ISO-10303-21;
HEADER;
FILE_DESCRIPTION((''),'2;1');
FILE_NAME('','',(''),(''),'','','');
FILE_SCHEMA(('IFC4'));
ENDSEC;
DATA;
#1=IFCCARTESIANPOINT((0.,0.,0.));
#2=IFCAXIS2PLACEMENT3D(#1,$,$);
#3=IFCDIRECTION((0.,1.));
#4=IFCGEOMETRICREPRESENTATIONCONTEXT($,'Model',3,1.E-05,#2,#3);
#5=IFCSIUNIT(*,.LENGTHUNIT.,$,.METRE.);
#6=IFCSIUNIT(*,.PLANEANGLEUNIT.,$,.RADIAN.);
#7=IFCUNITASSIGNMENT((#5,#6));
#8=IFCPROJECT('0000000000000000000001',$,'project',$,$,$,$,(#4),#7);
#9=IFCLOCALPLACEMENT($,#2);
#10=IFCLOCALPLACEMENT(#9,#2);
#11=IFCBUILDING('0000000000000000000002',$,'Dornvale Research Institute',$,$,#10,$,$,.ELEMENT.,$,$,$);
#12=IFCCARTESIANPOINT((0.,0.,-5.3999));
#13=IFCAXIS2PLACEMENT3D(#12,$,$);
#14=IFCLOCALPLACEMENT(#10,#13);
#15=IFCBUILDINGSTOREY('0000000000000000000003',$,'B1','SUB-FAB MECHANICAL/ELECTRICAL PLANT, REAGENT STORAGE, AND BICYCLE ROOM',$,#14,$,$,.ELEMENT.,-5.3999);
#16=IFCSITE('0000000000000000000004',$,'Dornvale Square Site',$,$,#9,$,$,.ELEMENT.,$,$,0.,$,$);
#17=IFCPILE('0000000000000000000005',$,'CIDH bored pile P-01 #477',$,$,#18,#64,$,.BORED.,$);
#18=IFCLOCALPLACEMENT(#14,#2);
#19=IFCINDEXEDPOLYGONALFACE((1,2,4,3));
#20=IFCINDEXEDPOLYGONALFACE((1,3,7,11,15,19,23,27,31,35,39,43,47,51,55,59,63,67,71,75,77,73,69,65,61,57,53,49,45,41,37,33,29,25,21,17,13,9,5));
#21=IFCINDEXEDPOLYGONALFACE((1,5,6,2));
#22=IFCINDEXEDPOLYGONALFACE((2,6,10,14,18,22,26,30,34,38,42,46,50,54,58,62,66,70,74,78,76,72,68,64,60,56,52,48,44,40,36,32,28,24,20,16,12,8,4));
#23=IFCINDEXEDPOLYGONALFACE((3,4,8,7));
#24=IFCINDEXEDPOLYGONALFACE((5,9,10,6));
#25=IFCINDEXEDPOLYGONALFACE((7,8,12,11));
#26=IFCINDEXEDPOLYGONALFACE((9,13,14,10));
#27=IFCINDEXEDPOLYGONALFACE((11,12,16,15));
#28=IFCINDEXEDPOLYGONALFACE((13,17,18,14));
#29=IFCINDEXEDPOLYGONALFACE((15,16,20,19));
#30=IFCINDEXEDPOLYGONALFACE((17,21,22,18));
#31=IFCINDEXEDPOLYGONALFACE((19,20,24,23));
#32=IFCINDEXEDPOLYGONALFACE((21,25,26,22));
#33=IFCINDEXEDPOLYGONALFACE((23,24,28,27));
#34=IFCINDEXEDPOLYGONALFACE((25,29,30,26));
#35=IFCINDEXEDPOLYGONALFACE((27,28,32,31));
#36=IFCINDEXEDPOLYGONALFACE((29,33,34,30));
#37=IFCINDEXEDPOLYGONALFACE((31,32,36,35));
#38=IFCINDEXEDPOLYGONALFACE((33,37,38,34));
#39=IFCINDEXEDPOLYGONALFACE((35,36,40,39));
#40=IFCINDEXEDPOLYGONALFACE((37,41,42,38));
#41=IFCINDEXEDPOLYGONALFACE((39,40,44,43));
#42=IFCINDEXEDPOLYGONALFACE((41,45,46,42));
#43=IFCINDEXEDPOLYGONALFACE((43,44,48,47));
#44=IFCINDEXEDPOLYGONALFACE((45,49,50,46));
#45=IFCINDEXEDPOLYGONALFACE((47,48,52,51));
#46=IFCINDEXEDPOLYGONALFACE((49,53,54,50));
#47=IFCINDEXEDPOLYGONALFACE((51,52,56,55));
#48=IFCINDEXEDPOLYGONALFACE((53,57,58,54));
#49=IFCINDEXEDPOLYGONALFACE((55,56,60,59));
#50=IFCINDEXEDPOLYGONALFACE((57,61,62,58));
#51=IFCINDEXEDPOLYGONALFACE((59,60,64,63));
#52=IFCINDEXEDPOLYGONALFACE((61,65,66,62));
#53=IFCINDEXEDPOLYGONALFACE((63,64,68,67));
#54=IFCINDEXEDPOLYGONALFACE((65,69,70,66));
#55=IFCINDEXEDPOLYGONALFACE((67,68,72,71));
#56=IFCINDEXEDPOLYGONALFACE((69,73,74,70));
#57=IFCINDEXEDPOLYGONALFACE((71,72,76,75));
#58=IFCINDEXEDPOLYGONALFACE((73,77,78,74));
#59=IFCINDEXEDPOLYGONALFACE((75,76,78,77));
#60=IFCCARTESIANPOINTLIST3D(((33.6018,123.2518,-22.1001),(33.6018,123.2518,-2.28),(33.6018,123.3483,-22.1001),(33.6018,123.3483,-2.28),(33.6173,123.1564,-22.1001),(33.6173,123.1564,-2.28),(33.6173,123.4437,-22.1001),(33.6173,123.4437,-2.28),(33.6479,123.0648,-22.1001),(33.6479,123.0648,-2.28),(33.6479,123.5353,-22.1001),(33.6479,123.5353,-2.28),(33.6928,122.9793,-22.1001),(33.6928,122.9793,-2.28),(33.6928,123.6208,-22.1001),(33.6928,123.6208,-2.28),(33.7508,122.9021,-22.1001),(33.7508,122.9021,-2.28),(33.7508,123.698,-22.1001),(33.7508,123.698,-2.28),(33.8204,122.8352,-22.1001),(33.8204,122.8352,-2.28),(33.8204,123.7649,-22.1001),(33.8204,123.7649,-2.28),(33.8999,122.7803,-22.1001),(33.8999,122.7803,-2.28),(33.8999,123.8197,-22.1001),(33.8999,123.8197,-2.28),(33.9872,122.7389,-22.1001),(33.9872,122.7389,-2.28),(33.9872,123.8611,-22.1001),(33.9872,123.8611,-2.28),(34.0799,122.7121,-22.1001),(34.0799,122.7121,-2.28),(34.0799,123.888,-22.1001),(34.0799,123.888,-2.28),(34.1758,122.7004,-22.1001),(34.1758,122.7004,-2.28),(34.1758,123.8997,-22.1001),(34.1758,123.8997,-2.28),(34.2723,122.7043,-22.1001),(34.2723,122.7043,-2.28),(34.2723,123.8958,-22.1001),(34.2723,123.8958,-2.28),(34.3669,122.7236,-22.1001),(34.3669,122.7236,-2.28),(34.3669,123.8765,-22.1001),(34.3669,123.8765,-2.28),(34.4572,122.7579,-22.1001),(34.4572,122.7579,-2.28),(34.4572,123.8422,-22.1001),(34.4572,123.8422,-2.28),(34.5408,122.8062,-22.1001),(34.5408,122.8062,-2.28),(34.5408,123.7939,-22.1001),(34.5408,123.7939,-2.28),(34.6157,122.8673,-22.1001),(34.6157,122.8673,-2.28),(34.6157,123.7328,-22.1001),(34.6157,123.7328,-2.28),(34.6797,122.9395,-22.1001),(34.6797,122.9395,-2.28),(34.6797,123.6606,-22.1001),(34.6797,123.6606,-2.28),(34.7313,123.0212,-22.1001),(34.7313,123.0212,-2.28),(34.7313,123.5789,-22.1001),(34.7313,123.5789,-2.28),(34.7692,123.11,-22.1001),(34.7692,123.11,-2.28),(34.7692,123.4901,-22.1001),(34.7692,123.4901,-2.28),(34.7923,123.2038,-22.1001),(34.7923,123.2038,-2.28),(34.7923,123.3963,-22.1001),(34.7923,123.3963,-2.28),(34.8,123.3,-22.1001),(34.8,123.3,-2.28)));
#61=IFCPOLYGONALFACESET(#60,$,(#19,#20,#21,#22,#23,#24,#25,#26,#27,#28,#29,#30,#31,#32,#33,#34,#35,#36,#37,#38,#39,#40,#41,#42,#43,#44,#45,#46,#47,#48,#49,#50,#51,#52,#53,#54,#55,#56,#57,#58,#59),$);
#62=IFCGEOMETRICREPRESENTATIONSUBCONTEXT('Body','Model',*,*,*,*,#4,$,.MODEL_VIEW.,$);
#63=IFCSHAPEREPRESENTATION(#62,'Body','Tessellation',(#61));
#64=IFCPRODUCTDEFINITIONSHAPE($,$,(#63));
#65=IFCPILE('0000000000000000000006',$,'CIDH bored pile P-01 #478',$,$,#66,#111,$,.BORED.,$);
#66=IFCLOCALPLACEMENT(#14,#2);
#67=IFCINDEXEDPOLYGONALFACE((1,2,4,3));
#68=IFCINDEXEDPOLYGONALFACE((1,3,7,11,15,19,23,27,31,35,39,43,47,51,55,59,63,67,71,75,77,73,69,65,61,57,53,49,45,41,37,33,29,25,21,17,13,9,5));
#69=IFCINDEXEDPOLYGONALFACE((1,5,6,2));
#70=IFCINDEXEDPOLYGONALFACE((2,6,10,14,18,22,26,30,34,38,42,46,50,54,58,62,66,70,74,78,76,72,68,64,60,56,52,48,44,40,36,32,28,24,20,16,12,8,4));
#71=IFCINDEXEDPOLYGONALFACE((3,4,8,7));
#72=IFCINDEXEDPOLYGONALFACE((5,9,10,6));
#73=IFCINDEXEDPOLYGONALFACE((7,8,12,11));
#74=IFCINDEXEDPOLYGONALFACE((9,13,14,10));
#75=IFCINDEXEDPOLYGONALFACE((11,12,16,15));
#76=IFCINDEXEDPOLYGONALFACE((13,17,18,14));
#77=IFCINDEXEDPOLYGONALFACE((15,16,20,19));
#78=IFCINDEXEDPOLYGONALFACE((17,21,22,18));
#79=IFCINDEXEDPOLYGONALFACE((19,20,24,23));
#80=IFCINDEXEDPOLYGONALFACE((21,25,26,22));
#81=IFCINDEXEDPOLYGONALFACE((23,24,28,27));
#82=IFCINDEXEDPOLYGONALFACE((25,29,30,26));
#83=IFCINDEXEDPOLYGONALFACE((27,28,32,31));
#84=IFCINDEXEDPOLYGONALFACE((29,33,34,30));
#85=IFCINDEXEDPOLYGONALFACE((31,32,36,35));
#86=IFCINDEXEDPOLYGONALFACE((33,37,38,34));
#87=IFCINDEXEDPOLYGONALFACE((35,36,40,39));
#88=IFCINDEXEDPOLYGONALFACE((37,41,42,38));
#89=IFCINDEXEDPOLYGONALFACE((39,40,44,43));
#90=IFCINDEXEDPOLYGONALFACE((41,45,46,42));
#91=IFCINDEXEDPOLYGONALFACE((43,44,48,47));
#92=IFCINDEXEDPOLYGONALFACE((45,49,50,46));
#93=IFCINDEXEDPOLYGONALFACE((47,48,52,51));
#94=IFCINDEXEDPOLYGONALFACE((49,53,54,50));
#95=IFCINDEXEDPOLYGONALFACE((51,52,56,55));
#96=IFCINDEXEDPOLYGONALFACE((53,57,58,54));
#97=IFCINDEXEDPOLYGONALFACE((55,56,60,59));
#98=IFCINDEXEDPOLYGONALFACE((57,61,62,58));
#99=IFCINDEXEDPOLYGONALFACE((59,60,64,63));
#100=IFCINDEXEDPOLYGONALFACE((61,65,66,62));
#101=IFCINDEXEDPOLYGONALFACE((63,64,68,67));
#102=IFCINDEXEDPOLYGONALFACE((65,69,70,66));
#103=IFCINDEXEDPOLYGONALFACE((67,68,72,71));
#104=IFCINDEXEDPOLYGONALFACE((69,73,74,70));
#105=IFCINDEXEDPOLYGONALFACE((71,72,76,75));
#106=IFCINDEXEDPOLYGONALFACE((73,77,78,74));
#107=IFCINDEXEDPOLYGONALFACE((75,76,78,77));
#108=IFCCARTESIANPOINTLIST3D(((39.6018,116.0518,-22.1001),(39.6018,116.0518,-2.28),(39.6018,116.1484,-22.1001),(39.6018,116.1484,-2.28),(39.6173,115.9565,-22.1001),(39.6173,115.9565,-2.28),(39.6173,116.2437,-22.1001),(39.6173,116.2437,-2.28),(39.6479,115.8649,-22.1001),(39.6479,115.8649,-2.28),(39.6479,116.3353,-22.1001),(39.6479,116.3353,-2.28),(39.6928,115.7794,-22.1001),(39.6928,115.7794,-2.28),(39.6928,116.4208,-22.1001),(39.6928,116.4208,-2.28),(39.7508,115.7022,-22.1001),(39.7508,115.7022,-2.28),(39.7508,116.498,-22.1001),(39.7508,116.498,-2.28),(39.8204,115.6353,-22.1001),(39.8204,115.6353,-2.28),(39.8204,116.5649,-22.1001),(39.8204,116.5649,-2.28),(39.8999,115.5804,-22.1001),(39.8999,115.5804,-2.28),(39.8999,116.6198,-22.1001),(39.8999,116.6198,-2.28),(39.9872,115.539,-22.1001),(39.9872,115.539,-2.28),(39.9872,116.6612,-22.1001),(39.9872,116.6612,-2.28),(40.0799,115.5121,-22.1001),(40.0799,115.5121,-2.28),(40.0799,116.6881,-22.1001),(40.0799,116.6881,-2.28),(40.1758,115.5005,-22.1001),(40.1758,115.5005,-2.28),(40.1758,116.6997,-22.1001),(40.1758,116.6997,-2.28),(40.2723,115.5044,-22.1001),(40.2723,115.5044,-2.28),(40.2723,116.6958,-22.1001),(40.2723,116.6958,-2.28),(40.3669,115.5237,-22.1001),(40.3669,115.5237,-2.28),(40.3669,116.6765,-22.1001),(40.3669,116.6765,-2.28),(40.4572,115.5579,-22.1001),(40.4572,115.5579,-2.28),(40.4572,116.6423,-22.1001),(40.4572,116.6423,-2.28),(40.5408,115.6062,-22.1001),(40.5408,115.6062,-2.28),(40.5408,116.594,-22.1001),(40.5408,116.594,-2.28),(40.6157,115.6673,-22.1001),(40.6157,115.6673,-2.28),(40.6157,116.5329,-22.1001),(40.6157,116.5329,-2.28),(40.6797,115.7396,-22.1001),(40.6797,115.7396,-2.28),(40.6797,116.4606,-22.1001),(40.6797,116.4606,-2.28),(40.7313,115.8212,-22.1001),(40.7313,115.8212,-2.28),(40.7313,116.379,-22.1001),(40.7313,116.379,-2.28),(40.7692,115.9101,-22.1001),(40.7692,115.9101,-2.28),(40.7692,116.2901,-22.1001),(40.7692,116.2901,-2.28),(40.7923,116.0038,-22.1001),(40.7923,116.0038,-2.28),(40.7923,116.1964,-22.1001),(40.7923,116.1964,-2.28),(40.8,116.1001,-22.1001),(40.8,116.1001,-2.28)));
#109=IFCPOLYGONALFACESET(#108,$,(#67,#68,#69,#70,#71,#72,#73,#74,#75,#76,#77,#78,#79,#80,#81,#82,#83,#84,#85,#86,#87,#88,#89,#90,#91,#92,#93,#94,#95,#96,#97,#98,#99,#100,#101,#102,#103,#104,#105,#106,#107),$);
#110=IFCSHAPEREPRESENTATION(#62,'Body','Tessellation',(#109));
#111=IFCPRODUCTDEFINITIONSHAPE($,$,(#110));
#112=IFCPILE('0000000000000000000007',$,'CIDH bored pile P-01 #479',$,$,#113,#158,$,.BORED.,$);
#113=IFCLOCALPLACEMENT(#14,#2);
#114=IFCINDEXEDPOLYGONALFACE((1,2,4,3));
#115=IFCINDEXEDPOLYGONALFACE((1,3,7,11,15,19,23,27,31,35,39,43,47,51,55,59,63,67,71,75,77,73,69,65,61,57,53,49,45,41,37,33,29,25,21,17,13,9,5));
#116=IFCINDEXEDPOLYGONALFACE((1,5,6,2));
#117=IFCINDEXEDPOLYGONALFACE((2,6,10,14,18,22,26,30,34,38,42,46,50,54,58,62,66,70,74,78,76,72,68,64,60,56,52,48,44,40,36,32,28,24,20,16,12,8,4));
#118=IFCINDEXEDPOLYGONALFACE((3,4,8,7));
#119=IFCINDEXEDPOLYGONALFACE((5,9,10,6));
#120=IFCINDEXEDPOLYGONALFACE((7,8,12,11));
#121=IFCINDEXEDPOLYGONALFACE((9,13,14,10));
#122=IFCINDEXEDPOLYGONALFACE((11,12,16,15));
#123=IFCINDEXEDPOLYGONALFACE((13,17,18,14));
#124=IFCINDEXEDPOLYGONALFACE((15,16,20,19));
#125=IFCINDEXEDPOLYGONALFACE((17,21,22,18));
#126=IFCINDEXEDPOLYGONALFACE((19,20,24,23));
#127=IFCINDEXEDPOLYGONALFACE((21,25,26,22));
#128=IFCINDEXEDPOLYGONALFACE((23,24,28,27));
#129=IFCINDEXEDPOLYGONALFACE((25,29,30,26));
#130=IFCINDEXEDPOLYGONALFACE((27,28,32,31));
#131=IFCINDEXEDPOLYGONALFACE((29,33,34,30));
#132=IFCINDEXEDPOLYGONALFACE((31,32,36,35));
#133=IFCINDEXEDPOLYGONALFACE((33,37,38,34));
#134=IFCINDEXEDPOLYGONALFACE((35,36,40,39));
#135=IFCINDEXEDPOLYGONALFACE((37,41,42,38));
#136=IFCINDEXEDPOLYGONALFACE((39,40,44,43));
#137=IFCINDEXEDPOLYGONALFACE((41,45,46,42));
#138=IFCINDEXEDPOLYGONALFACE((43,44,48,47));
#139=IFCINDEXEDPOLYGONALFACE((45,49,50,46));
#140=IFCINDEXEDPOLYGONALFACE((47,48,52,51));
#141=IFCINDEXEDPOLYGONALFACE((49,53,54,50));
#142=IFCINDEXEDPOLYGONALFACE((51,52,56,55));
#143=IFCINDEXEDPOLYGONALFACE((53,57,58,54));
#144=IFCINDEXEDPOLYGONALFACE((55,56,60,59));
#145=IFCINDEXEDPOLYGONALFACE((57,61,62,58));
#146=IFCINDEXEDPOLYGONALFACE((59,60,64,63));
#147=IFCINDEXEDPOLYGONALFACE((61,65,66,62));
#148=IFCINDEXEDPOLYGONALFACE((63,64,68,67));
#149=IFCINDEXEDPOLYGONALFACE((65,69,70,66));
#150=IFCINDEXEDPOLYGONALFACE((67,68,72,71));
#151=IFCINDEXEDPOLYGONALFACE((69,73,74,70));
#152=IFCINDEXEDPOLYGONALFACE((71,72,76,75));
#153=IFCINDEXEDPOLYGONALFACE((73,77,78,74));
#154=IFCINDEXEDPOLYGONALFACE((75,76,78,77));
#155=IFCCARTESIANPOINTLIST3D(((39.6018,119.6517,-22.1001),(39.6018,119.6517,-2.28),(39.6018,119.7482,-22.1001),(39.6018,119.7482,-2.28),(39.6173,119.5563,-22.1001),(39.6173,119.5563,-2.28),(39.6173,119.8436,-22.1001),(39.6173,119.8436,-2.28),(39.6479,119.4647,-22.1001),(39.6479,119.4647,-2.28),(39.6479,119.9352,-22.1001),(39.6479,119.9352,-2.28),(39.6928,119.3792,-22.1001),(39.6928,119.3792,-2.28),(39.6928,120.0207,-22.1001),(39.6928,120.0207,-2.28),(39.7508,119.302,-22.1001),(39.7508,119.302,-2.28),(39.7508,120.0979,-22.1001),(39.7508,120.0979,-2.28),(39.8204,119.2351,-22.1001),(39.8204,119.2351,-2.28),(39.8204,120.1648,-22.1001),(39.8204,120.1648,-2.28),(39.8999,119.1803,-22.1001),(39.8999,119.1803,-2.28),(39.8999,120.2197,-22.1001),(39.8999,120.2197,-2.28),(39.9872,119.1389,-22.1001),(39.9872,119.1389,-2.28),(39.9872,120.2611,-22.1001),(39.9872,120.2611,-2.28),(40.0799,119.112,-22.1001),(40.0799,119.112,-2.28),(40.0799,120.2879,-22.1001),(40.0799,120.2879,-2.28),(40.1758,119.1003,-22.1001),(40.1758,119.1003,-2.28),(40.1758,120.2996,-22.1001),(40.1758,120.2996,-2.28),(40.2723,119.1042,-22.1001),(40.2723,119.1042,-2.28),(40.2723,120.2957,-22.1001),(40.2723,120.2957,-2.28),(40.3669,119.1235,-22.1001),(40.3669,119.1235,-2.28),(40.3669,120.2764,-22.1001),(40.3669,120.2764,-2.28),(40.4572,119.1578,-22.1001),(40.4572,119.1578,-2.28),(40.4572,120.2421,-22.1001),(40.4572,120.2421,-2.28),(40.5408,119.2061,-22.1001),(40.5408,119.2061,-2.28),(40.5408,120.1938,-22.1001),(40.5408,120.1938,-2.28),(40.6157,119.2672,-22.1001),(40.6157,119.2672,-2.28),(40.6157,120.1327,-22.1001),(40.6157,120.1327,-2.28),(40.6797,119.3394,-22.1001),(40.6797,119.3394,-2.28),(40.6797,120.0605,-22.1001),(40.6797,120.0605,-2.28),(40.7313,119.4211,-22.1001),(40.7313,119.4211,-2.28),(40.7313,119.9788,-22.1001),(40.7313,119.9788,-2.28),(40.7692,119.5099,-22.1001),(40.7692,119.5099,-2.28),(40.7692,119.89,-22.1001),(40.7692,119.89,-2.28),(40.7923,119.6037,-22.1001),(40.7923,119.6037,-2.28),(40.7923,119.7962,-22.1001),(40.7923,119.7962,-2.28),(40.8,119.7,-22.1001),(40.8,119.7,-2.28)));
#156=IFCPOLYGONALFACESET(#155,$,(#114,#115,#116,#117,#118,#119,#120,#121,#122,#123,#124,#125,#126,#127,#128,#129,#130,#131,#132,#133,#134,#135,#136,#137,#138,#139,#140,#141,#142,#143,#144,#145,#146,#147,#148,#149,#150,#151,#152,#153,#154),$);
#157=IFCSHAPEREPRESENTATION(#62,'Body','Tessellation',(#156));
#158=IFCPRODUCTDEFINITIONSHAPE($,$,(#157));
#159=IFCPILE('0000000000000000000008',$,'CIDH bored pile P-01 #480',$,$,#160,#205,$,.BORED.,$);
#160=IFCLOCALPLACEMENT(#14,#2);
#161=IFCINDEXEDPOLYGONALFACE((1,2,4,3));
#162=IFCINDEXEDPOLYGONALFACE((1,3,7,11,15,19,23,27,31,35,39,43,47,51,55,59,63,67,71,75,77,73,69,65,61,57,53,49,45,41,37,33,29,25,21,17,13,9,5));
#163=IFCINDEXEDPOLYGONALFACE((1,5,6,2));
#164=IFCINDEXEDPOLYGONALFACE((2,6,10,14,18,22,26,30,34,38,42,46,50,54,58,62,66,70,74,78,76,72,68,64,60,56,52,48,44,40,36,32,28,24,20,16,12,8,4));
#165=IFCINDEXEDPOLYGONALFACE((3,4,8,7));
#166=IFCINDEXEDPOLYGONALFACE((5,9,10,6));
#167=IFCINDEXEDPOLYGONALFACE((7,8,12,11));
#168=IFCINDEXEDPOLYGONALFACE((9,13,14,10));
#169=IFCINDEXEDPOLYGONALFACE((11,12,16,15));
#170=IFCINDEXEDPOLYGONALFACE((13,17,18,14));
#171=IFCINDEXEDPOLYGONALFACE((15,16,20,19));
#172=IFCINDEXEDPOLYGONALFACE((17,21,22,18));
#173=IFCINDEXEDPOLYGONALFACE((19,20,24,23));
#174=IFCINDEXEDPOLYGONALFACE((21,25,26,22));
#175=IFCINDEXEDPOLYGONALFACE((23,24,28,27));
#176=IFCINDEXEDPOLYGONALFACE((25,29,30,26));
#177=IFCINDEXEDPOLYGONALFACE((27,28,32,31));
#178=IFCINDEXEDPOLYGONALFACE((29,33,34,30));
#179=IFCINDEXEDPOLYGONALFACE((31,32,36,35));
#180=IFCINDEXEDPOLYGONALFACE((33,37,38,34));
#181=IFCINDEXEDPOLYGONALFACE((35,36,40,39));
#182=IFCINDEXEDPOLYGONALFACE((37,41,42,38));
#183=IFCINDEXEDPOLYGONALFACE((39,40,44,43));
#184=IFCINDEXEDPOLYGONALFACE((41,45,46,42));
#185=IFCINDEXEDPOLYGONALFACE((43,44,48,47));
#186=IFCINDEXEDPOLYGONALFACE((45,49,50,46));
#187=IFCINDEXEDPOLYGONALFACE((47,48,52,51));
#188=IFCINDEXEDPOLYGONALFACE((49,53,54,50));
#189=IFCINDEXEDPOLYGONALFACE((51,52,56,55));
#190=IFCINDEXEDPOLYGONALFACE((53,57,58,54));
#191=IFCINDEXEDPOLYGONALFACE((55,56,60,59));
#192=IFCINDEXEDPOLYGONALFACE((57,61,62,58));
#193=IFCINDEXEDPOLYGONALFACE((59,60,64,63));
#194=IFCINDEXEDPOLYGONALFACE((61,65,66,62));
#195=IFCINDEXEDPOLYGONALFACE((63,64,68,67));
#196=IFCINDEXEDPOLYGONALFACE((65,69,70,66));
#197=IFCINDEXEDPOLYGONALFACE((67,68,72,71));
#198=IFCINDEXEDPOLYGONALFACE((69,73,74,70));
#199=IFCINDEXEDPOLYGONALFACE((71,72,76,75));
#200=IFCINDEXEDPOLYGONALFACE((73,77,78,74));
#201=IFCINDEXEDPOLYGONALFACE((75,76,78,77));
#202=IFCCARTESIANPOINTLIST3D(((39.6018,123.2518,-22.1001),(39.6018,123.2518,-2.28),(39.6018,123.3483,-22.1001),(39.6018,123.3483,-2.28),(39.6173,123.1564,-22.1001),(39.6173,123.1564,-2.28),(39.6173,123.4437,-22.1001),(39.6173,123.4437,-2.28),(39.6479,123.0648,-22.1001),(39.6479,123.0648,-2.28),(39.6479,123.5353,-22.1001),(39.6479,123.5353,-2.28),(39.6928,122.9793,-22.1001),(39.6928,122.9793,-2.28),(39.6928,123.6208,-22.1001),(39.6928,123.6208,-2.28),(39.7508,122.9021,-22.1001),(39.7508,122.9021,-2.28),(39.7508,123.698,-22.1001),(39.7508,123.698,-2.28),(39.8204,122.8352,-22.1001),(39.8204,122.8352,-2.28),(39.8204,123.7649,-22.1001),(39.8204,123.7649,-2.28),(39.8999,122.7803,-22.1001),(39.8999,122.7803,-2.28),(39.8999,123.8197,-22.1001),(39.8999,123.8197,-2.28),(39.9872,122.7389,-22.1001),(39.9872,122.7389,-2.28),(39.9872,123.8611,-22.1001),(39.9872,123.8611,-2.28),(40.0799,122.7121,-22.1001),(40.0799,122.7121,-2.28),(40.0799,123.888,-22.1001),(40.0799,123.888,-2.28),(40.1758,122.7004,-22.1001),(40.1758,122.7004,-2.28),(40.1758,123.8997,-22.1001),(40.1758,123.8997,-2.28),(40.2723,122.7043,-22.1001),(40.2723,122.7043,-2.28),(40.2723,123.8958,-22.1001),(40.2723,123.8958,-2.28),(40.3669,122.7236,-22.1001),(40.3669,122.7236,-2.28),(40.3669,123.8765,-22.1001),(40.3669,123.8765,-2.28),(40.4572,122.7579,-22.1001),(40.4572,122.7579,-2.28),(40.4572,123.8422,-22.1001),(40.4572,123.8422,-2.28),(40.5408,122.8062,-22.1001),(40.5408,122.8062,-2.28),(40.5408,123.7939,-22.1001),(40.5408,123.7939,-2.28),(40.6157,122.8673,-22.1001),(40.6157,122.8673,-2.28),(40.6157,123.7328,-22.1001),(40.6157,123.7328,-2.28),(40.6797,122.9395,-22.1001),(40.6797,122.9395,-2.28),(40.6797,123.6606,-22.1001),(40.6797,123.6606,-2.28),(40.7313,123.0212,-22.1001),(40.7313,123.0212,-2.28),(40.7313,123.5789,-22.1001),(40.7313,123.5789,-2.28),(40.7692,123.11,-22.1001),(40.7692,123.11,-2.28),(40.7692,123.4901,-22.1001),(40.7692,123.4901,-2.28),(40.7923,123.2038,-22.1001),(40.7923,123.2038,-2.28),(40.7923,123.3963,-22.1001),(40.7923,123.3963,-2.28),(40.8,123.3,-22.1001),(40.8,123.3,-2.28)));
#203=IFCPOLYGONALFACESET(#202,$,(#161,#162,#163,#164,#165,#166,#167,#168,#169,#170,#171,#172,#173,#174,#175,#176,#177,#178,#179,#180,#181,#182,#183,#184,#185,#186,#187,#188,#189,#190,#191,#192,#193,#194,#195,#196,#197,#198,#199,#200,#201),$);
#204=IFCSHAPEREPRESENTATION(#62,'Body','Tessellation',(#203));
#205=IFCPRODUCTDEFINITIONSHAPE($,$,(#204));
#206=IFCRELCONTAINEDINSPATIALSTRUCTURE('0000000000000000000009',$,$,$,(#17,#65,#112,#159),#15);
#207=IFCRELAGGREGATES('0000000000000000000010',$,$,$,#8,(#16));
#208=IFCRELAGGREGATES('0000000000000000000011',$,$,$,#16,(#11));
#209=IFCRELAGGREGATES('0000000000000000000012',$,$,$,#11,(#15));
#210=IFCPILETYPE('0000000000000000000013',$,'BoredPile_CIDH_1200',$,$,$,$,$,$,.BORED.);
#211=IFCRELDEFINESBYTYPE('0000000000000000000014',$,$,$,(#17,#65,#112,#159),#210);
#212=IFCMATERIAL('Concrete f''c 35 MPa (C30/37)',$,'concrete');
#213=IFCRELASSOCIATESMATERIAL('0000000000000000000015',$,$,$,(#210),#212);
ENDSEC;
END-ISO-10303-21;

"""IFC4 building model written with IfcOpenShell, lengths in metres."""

from ifc_helpers import new_model, si_unit, direction, frame, origin, origin_2d, place, context, subcontext, project, spatial, circle, extrude, material, material_profile, profile_set, type_object, element, save


model = new_model("IFC4")

# Units and contexts
model_context = context("Model", 3, precision=1e-05, world=origin(), true_north=direction((0.0, 1.0)))
body_context = subcontext(model_context, "Body", "Model", "MODEL_VIEW")
ifc_project = project(units=[si_unit("LENGTHUNIT", "METRE"), si_unit("PLANEANGLEUNIT", "RADIAN")], contexts=[model_context])

# Site, building, storey
site_placement = place(None, origin())
site = spatial("IfcSite", under=ifc_project, at=site_placement, Name="Dornvale Square Site", CompositionType="ELEMENT", RefElevation=0.0)
building_placement = place(site_placement, origin())
building = spatial("IfcBuilding", under=site, at=building_placement, Name="Dornvale Research Institute", CompositionType="ELEMENT")
storey_placement = place(building_placement, frame((0.0, 0.0, -5.3999)))
storey = spatial("IfcBuildingStorey", under=building, at=storey_placement, Name="B1", Description="SUB-FAB MECHANICAL/ELECTRICAL PLANT, REAGENT STORAGE, AND BICYCLE ROOM", CompositionType="ELEMENT", Elevation=-5.3999)

# Piles
ifc_material_1 = material(Name="Concrete f'c 35 MPa (C30/37)", Category="concrete")
ifc_material_profile_1 = material_profile(ifc_material_1, circle(Radius=0.6001, at=origin_2d()), Name="CIDH PILE D1200")
ifc_profile_set_1 = profile_set([ifc_material_profile_1], Name="Concrete f'c 35 MPa (C30/37)")
pile_type = type_object("IfcPileType", Name="BoredPile_CIDH_1200", PredefinedType="BORED", material=ifc_profile_set_1)
for number, where, z_axis, x_axis, name in (
    (1, (34.2, 123.3, -2.28), (0.0, 0.0, -1.0), (1.0, 0.0, 0.0), "CIDH bored pile P-01 #477"),
    (2, (40.2, 116.1001, -2.28), (0.0, 0.0, -1.0), (1.0, 0.0, 0.0), "CIDH bored pile P-01 #478"),
    (3, (40.2, 119.7, -2.28), (0.0, 0.0, -1.0), (1.0, 0.0, 0.0), "CIDH bored pile P-01 #479"),
    (4, (40.2, 123.3, -2.28), (0.0, 0.0, -1.0), (1.0, 0.0, 0.0), "CIDH bored pile P-01 #480"),
):
    element("IfcPile", number, at=place(storey_placement, frame(where, z_axis=z_axis, x_axis=x_axis)), inside=storey, type_object=pile_type, Name=name, PredefinedType="BORED", context=body_context, shape_type="SweptSolid", body=[
        extrude(circle(Radius=0.6001, at=origin_2d()), origin(), (0.0, 0.0, 1.0), 19.8201),
    ])

save(model, "model.ifc")
